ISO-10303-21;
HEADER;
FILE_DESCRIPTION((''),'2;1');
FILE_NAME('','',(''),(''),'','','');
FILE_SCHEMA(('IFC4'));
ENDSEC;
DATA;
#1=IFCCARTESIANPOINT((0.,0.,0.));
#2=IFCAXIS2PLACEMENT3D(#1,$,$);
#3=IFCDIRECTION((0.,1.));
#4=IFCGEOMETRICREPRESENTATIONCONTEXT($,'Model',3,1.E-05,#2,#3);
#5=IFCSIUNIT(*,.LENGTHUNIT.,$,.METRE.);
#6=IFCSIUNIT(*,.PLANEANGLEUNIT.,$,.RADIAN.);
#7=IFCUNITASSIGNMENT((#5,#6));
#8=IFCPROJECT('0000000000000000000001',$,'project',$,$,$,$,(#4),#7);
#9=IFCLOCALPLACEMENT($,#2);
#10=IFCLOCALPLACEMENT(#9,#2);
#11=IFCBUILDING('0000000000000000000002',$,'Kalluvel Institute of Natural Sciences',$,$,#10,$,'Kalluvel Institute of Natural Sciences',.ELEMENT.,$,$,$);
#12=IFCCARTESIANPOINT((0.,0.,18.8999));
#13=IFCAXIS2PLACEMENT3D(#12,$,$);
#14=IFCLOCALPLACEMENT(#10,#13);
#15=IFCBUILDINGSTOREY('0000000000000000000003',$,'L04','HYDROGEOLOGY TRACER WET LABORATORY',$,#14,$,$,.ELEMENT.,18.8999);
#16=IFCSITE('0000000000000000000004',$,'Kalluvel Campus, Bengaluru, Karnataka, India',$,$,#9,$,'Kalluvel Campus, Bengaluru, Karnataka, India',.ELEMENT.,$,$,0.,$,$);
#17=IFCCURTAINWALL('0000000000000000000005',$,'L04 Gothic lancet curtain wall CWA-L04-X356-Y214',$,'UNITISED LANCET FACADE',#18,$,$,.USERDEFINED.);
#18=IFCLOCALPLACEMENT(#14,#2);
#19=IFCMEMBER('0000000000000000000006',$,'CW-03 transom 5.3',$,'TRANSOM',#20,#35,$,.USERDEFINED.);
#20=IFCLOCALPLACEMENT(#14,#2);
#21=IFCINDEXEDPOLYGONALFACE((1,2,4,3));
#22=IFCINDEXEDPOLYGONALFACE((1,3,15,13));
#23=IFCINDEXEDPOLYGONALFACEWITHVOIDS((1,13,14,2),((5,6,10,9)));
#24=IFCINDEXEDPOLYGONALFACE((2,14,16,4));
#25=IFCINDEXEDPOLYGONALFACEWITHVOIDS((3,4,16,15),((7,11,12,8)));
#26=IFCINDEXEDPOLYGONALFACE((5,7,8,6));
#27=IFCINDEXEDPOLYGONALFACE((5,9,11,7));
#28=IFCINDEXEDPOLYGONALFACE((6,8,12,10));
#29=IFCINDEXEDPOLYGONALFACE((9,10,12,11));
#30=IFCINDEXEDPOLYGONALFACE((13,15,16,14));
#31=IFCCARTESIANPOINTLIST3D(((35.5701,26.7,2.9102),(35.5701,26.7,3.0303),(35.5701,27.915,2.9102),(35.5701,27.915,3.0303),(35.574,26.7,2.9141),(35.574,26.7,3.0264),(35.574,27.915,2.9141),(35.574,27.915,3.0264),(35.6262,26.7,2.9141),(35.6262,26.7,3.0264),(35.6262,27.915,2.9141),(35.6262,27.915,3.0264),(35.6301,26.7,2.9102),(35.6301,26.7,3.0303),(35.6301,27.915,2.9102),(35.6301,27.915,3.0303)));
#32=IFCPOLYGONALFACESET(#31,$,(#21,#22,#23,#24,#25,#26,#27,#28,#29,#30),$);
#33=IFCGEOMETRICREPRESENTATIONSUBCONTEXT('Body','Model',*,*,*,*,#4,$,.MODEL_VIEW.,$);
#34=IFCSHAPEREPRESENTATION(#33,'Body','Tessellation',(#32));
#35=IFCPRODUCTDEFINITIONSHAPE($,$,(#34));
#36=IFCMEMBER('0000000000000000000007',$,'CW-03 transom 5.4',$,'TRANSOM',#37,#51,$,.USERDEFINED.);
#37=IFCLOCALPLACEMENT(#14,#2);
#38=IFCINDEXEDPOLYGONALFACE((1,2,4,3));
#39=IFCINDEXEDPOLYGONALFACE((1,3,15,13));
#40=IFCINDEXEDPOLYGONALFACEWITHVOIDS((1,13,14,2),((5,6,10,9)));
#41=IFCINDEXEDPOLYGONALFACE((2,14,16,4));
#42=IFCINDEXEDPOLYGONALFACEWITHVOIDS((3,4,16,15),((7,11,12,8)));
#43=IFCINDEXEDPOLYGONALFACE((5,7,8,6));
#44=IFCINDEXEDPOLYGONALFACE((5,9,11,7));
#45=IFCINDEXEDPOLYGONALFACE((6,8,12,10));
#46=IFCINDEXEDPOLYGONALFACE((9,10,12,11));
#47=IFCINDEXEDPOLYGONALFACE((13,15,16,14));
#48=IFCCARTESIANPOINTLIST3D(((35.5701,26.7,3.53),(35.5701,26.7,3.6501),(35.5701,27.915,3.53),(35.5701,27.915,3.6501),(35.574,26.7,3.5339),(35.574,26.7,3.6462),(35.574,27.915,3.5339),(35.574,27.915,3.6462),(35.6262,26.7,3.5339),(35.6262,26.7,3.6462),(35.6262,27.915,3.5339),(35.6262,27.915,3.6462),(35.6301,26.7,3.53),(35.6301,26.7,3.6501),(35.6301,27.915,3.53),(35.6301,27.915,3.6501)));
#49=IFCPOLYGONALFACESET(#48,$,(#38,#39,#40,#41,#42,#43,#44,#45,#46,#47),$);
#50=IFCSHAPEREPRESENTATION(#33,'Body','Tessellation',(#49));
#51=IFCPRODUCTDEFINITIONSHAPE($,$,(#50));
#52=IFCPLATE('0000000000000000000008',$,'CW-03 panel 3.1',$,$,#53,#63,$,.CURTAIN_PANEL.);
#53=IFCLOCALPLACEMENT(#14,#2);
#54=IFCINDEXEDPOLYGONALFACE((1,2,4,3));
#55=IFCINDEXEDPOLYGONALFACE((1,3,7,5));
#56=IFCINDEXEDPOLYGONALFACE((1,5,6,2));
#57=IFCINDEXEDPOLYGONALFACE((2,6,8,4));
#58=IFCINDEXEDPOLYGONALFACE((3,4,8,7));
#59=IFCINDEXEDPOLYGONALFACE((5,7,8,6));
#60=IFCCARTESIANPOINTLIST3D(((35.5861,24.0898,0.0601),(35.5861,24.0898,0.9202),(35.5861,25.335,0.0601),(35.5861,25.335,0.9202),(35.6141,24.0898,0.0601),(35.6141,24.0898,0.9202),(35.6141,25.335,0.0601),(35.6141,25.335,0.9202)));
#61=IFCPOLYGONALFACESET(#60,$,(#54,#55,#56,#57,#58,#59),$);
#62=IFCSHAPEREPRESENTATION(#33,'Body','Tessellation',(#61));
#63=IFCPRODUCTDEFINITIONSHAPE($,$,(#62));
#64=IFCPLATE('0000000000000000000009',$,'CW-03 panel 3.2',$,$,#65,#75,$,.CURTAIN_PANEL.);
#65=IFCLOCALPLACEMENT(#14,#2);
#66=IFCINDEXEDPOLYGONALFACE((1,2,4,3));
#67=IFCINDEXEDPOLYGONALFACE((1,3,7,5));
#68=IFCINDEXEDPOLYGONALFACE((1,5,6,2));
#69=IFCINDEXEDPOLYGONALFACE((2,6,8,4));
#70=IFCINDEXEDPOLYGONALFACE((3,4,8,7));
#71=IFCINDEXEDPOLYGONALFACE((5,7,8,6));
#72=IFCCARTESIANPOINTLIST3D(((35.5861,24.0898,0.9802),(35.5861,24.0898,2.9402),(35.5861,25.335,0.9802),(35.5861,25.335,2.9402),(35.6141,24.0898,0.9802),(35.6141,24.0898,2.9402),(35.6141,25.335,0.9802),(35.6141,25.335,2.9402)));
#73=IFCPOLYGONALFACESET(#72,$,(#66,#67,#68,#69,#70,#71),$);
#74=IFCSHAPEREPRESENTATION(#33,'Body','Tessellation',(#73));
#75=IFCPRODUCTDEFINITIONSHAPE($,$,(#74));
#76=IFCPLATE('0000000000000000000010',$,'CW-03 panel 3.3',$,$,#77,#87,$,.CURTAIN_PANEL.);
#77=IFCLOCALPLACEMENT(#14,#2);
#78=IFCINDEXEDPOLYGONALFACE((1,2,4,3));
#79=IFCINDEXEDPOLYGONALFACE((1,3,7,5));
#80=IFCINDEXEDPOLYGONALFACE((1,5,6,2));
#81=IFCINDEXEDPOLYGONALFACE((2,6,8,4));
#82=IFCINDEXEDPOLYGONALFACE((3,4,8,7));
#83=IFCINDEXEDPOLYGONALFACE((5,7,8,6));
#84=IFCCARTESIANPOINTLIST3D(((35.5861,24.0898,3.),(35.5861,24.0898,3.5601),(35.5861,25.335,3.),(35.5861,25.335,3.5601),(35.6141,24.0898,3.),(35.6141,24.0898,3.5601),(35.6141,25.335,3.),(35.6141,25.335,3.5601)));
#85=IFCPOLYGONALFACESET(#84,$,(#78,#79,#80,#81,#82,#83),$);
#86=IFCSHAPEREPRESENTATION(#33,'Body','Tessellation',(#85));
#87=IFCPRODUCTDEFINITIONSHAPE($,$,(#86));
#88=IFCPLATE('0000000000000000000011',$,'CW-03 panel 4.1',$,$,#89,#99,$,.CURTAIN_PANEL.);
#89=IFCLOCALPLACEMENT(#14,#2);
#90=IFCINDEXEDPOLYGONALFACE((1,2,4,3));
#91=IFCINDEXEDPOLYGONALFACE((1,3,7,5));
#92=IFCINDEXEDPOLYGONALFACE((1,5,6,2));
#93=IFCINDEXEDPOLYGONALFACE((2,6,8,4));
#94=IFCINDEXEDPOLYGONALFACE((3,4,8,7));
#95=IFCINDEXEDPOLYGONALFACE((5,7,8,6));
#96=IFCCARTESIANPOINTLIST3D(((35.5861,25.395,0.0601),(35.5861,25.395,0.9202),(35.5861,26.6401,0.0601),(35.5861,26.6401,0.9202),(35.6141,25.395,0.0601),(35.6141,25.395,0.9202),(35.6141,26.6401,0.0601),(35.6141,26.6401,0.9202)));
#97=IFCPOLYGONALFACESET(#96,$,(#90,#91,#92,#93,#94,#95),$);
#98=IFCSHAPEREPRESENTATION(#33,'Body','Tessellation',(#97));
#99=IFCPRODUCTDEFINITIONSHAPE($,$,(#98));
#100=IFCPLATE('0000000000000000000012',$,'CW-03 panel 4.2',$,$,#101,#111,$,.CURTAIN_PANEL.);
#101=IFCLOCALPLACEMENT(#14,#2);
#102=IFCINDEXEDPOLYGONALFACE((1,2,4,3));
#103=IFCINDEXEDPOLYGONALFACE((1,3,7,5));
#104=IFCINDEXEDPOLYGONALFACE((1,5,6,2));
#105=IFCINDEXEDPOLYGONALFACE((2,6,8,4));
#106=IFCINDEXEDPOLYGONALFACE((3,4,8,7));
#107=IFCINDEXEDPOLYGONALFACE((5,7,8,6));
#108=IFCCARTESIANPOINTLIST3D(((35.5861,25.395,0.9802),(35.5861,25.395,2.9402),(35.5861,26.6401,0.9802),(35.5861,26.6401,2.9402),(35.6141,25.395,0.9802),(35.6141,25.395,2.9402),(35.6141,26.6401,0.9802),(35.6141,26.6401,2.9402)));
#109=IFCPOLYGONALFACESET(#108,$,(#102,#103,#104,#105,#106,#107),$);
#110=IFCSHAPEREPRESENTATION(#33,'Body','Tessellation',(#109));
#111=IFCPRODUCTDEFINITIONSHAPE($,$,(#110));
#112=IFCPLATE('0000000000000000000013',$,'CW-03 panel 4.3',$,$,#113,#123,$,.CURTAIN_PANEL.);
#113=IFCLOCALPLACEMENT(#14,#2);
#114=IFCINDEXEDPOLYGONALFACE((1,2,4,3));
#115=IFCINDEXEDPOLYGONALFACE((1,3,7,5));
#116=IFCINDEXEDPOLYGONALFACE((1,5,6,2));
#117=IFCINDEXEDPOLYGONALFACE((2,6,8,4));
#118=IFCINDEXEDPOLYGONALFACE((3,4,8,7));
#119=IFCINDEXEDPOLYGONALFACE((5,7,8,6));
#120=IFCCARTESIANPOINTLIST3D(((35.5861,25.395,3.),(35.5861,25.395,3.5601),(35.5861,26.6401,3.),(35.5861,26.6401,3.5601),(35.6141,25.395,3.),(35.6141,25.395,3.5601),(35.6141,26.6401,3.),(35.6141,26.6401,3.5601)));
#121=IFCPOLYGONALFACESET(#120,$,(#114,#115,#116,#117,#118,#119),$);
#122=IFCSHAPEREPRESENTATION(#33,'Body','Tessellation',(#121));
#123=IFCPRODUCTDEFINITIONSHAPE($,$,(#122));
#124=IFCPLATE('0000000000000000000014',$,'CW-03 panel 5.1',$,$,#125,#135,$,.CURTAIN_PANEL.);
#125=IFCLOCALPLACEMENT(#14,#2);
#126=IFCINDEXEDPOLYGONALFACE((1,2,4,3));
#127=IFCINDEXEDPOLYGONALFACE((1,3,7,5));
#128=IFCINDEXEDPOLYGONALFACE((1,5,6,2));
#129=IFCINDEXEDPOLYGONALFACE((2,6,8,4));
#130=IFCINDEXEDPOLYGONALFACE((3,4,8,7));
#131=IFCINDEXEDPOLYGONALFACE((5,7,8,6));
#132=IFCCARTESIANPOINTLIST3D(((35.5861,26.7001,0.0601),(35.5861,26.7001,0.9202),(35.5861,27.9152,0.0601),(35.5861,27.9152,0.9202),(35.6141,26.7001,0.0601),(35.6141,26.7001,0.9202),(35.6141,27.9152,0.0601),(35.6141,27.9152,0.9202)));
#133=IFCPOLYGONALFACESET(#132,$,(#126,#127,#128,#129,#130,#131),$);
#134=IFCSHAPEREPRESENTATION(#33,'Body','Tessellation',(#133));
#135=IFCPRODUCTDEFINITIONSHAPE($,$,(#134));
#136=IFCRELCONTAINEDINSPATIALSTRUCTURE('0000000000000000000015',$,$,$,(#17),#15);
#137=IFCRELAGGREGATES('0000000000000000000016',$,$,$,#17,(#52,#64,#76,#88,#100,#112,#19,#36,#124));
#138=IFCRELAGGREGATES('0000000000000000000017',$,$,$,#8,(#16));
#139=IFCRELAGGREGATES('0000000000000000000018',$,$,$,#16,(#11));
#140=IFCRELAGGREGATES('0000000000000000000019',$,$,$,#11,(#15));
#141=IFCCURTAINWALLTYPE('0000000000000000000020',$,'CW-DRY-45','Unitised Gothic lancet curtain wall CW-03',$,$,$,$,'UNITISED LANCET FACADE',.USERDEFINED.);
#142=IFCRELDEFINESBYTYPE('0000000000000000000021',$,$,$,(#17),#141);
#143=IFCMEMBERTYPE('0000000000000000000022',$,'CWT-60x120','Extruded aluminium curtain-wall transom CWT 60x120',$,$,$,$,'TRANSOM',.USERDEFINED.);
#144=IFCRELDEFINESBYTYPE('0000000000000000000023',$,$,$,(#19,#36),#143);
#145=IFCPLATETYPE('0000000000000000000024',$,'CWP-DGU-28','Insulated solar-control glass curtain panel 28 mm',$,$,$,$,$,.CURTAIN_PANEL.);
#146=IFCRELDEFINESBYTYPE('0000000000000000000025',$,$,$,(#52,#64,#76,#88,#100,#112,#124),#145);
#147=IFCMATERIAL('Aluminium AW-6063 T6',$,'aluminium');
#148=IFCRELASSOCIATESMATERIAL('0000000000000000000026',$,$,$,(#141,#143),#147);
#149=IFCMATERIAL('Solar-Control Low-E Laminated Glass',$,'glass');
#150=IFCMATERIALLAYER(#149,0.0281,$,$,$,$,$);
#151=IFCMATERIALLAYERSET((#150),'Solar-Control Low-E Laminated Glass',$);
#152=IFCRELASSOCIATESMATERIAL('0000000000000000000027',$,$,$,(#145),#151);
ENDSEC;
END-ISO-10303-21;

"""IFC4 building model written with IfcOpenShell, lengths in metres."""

from ifc_helpers import new_model, si_unit, direction, frame, origin, origin_2d, place, context, subcontext, project, spatial, rectangle, hollow_rectangle, extrude, material, layer, layer_set, material_profile, profile_set, type_object, element, aggregate, save


model = new_model("IFC4")

# Units and contexts
model_context = context("Model", 3, precision=1e-05, world=origin(), true_north=direction((0.0, 1.0)))
body_context = subcontext(model_context, "Body", "Model", "MODEL_VIEW")
ifc_project = project(units=[si_unit("LENGTHUNIT", "METRE"), si_unit("PLANEANGLEUNIT", "RADIAN")], contexts=[model_context])

# Site, building, storey
site_placement = place(None, origin())
site = spatial("IfcSite", under=ifc_project, at=site_placement, Name="Kalluvel Campus, Bengaluru, Karnataka, India", LongName="Kalluvel Campus, Bengaluru, Karnataka, India", CompositionType="ELEMENT", RefElevation=0.0)
building_placement = place(site_placement, origin())
building = spatial("IfcBuilding", under=site, at=building_placement, Name="Kalluvel Institute of Natural Sciences", LongName="Kalluvel Institute of Natural Sciences", CompositionType="ELEMENT")
storey_placement = place(building_placement, frame((0.0, 0.0, 18.8999)))
storey = spatial("IfcBuildingStorey", under=building, at=storey_placement, Name="L04", Description="HYDROGEOLOGY TRACER WET LABORATORY", CompositionType="ELEMENT", Elevation=18.8999)

# Curtain wall, members, plates
ifc_material_1 = material(Name="Aluminium AW-6063 T6", Category="aluminium")
curtain_wall_type = type_object("IfcCurtainWallType", Name="CW-DRY-45", Description="Unitised Gothic lancet curtain wall CW-03", ElementType="UNITISED LANCET FACADE", PredefinedType="USERDEFINED", material=ifc_material_1)
curtain_wall_placement = place(storey_placement, origin())
curtain_wall = element("IfcCurtainWall", 1, at=curtain_wall_placement, inside=storey, type_object=curtain_wall_type, Name="L04 Gothic lancet curtain wall CWA-L04-X356-Y214", ObjectType="UNITISED LANCET FACADE", PredefinedType="USERDEFINED")
ifc_material_profile_1 = material_profile(ifc_material_1, hollow_rectangle(XDim=0.0601, YDim=0.1201, WallThickness=0.0039, at=origin_2d()), Name="CWT 60x120")
ifc_profile_set_1 = profile_set([ifc_material_profile_1], Name="Aluminium AW-6063 T6")
member_type_1 = type_object("IfcMemberType", Name="CWT-60x120", Description="Extruded aluminium curtain-wall transom CWT 60x120", ElementType="TRANSOM", PredefinedType="USERDEFINED", material=ifc_profile_set_1)
member_1_placement = place(storey_placement, frame((35.6001, 26.7, 2.9702), z_axis=(0.0, 1.0, 0.0), x_axis=(-1.0, 0.0, 0.0)))
member_1 = element("IfcMember", 2, at=member_1_placement, type_object=member_type_1, Name="CW-03 transom 5.3", ObjectType="TRANSOM", PredefinedType="USERDEFINED", context=body_context, shape_type="SweptSolid", body=[
    extrude(hollow_rectangle(XDim=0.0601, YDim=0.1201, WallThickness=0.0039, at=origin_2d()), origin(), (0.0, 0.0, 1.0), 1.2151),
])
member_2_placement = place(storey_placement, frame((35.6001, 26.7, 3.5901), z_axis=(0.0, 1.0, 0.0), x_axis=(-1.0, 0.0, 0.0)))
member_2 = element("IfcMember", 3, at=member_2_placement, type_object=member_type_1, Name="CW-03 transom 5.4", ObjectType="TRANSOM", PredefinedType="USERDEFINED", context=body_context, shape_type="SweptSolid", body=[
    extrude(hollow_rectangle(XDim=0.0601, YDim=0.1201, WallThickness=0.0039, at=origin_2d()), origin(), (0.0, 0.0, 1.0), 1.2151),
])
ifc_material_2 = material(Name="Solar-Control Low-E Laminated Glass", Category="glass")
ifc_layer = layer(ifc_material_2, 0.0281)
ifc_layer_set = layer_set([ifc_layer], Name="Solar-Control Low-E Laminated Glass")
plate_type = type_object("IfcPlateType", Name="CWP-DGU-28", Description="Insulated solar-control glass curtain panel 28 mm", PredefinedType="CURTAIN_PANEL", material=ifc_layer_set)
plate_1_placement = place(storey_placement, frame((35.6001, 24.7124, 0.0601), z_axis=(0.0, 0.0, 1.0), x_axis=(0.0, 1.0, 0.0)))
plate_1 = element("IfcPlate", 4, at=plate_1_placement, type_object=plate_type, Name="CW-03 panel 3.1", PredefinedType="CURTAIN_PANEL", context=body_context, shape_type="SweptSolid", body=[
    extrude(rectangle(XDim=1.2451, YDim=0.0281, at=origin_2d()), origin(), (0.0, 0.0, 1.0), 0.8601),
])
plate_2_placement = place(storey_placement, frame((35.6001, 24.7124, 0.9802), z_axis=(0.0, 0.0, 1.0), x_axis=(0.0, 1.0, 0.0)))
plate_2 = element("IfcPlate", 5, at=plate_2_placement, type_object=plate_type, Name="CW-03 panel 3.2", PredefinedType="CURTAIN_PANEL", context=body_context, shape_type="SweptSolid", body=[
    extrude(rectangle(XDim=1.2451, YDim=0.0281, at=origin_2d()), origin(), (0.0, 0.0, 1.0), 1.96),
])
plate_3_placement = place(storey_placement, frame((35.6001, 24.7124, 3.0), z_axis=(0.0, 0.0, 1.0), x_axis=(0.0, 1.0, 0.0)))
plate_3 = element("IfcPlate", 6, at=plate_3_placement, type_object=plate_type, Name="CW-03 panel 3.3", PredefinedType="CURTAIN_PANEL", context=body_context, shape_type="SweptSolid", body=[
    extrude(rectangle(XDim=1.2451, YDim=0.0281, at=origin_2d()), origin(), (0.0, 0.0, 1.0), 0.5601),
])
plate_4_placement = place(storey_placement, frame((35.6001, 26.0176, 0.0601), z_axis=(0.0, 0.0, 1.0), x_axis=(0.0, 1.0, 0.0)))
plate_4 = element("IfcPlate", 7, at=plate_4_placement, type_object=plate_type, Name="CW-03 panel 4.1", PredefinedType="CURTAIN_PANEL", context=body_context, shape_type="SweptSolid", body=[
    extrude(rectangle(XDim=1.2451, YDim=0.0281, at=origin_2d()), origin(), (0.0, 0.0, 1.0), 0.8601),
])
plate_5_placement = place(storey_placement, frame((35.6001, 26.0176, 0.9802), z_axis=(0.0, 0.0, 1.0), x_axis=(0.0, 1.0, 0.0)))
plate_5 = element("IfcPlate", 8, at=plate_5_placement, type_object=plate_type, Name="CW-03 panel 4.2", PredefinedType="CURTAIN_PANEL", context=body_context, shape_type="SweptSolid", body=[
    extrude(rectangle(XDim=1.2451, YDim=0.0281, at=origin_2d()), origin(), (0.0, 0.0, 1.0), 1.96),
])
plate_6_placement = place(storey_placement, frame((35.6001, 26.0176, 3.0), z_axis=(0.0, 0.0, 1.0), x_axis=(0.0, 1.0, 0.0)))
plate_6 = element("IfcPlate", 9, at=plate_6_placement, type_object=plate_type, Name="CW-03 panel 4.3", PredefinedType="CURTAIN_PANEL", context=body_context, shape_type="SweptSolid", body=[
    extrude(rectangle(XDim=1.2451, YDim=0.0281, at=origin_2d()), origin(), (0.0, 0.0, 1.0), 0.5601),
])
plate_7_placement = place(storey_placement, frame((35.6001, 27.3076, 0.0601), z_axis=(0.0, 0.0, 1.0), x_axis=(0.0, 1.0, 0.0)))
plate_7 = element("IfcPlate", 10, at=plate_7_placement, type_object=plate_type, Name="CW-03 panel 5.1", PredefinedType="CURTAIN_PANEL", context=body_context, shape_type="SweptSolid", body=[
    extrude(rectangle(XDim=1.2151, YDim=0.0281, at=origin_2d()), origin(), (0.0, 0.0, 1.0), 0.8601),
])
aggregate(curtain_wall, [plate_1, plate_2, plate_3, plate_4, plate_5, plate_6, member_1, member_2, plate_7])

save(model, "model.ifc")
